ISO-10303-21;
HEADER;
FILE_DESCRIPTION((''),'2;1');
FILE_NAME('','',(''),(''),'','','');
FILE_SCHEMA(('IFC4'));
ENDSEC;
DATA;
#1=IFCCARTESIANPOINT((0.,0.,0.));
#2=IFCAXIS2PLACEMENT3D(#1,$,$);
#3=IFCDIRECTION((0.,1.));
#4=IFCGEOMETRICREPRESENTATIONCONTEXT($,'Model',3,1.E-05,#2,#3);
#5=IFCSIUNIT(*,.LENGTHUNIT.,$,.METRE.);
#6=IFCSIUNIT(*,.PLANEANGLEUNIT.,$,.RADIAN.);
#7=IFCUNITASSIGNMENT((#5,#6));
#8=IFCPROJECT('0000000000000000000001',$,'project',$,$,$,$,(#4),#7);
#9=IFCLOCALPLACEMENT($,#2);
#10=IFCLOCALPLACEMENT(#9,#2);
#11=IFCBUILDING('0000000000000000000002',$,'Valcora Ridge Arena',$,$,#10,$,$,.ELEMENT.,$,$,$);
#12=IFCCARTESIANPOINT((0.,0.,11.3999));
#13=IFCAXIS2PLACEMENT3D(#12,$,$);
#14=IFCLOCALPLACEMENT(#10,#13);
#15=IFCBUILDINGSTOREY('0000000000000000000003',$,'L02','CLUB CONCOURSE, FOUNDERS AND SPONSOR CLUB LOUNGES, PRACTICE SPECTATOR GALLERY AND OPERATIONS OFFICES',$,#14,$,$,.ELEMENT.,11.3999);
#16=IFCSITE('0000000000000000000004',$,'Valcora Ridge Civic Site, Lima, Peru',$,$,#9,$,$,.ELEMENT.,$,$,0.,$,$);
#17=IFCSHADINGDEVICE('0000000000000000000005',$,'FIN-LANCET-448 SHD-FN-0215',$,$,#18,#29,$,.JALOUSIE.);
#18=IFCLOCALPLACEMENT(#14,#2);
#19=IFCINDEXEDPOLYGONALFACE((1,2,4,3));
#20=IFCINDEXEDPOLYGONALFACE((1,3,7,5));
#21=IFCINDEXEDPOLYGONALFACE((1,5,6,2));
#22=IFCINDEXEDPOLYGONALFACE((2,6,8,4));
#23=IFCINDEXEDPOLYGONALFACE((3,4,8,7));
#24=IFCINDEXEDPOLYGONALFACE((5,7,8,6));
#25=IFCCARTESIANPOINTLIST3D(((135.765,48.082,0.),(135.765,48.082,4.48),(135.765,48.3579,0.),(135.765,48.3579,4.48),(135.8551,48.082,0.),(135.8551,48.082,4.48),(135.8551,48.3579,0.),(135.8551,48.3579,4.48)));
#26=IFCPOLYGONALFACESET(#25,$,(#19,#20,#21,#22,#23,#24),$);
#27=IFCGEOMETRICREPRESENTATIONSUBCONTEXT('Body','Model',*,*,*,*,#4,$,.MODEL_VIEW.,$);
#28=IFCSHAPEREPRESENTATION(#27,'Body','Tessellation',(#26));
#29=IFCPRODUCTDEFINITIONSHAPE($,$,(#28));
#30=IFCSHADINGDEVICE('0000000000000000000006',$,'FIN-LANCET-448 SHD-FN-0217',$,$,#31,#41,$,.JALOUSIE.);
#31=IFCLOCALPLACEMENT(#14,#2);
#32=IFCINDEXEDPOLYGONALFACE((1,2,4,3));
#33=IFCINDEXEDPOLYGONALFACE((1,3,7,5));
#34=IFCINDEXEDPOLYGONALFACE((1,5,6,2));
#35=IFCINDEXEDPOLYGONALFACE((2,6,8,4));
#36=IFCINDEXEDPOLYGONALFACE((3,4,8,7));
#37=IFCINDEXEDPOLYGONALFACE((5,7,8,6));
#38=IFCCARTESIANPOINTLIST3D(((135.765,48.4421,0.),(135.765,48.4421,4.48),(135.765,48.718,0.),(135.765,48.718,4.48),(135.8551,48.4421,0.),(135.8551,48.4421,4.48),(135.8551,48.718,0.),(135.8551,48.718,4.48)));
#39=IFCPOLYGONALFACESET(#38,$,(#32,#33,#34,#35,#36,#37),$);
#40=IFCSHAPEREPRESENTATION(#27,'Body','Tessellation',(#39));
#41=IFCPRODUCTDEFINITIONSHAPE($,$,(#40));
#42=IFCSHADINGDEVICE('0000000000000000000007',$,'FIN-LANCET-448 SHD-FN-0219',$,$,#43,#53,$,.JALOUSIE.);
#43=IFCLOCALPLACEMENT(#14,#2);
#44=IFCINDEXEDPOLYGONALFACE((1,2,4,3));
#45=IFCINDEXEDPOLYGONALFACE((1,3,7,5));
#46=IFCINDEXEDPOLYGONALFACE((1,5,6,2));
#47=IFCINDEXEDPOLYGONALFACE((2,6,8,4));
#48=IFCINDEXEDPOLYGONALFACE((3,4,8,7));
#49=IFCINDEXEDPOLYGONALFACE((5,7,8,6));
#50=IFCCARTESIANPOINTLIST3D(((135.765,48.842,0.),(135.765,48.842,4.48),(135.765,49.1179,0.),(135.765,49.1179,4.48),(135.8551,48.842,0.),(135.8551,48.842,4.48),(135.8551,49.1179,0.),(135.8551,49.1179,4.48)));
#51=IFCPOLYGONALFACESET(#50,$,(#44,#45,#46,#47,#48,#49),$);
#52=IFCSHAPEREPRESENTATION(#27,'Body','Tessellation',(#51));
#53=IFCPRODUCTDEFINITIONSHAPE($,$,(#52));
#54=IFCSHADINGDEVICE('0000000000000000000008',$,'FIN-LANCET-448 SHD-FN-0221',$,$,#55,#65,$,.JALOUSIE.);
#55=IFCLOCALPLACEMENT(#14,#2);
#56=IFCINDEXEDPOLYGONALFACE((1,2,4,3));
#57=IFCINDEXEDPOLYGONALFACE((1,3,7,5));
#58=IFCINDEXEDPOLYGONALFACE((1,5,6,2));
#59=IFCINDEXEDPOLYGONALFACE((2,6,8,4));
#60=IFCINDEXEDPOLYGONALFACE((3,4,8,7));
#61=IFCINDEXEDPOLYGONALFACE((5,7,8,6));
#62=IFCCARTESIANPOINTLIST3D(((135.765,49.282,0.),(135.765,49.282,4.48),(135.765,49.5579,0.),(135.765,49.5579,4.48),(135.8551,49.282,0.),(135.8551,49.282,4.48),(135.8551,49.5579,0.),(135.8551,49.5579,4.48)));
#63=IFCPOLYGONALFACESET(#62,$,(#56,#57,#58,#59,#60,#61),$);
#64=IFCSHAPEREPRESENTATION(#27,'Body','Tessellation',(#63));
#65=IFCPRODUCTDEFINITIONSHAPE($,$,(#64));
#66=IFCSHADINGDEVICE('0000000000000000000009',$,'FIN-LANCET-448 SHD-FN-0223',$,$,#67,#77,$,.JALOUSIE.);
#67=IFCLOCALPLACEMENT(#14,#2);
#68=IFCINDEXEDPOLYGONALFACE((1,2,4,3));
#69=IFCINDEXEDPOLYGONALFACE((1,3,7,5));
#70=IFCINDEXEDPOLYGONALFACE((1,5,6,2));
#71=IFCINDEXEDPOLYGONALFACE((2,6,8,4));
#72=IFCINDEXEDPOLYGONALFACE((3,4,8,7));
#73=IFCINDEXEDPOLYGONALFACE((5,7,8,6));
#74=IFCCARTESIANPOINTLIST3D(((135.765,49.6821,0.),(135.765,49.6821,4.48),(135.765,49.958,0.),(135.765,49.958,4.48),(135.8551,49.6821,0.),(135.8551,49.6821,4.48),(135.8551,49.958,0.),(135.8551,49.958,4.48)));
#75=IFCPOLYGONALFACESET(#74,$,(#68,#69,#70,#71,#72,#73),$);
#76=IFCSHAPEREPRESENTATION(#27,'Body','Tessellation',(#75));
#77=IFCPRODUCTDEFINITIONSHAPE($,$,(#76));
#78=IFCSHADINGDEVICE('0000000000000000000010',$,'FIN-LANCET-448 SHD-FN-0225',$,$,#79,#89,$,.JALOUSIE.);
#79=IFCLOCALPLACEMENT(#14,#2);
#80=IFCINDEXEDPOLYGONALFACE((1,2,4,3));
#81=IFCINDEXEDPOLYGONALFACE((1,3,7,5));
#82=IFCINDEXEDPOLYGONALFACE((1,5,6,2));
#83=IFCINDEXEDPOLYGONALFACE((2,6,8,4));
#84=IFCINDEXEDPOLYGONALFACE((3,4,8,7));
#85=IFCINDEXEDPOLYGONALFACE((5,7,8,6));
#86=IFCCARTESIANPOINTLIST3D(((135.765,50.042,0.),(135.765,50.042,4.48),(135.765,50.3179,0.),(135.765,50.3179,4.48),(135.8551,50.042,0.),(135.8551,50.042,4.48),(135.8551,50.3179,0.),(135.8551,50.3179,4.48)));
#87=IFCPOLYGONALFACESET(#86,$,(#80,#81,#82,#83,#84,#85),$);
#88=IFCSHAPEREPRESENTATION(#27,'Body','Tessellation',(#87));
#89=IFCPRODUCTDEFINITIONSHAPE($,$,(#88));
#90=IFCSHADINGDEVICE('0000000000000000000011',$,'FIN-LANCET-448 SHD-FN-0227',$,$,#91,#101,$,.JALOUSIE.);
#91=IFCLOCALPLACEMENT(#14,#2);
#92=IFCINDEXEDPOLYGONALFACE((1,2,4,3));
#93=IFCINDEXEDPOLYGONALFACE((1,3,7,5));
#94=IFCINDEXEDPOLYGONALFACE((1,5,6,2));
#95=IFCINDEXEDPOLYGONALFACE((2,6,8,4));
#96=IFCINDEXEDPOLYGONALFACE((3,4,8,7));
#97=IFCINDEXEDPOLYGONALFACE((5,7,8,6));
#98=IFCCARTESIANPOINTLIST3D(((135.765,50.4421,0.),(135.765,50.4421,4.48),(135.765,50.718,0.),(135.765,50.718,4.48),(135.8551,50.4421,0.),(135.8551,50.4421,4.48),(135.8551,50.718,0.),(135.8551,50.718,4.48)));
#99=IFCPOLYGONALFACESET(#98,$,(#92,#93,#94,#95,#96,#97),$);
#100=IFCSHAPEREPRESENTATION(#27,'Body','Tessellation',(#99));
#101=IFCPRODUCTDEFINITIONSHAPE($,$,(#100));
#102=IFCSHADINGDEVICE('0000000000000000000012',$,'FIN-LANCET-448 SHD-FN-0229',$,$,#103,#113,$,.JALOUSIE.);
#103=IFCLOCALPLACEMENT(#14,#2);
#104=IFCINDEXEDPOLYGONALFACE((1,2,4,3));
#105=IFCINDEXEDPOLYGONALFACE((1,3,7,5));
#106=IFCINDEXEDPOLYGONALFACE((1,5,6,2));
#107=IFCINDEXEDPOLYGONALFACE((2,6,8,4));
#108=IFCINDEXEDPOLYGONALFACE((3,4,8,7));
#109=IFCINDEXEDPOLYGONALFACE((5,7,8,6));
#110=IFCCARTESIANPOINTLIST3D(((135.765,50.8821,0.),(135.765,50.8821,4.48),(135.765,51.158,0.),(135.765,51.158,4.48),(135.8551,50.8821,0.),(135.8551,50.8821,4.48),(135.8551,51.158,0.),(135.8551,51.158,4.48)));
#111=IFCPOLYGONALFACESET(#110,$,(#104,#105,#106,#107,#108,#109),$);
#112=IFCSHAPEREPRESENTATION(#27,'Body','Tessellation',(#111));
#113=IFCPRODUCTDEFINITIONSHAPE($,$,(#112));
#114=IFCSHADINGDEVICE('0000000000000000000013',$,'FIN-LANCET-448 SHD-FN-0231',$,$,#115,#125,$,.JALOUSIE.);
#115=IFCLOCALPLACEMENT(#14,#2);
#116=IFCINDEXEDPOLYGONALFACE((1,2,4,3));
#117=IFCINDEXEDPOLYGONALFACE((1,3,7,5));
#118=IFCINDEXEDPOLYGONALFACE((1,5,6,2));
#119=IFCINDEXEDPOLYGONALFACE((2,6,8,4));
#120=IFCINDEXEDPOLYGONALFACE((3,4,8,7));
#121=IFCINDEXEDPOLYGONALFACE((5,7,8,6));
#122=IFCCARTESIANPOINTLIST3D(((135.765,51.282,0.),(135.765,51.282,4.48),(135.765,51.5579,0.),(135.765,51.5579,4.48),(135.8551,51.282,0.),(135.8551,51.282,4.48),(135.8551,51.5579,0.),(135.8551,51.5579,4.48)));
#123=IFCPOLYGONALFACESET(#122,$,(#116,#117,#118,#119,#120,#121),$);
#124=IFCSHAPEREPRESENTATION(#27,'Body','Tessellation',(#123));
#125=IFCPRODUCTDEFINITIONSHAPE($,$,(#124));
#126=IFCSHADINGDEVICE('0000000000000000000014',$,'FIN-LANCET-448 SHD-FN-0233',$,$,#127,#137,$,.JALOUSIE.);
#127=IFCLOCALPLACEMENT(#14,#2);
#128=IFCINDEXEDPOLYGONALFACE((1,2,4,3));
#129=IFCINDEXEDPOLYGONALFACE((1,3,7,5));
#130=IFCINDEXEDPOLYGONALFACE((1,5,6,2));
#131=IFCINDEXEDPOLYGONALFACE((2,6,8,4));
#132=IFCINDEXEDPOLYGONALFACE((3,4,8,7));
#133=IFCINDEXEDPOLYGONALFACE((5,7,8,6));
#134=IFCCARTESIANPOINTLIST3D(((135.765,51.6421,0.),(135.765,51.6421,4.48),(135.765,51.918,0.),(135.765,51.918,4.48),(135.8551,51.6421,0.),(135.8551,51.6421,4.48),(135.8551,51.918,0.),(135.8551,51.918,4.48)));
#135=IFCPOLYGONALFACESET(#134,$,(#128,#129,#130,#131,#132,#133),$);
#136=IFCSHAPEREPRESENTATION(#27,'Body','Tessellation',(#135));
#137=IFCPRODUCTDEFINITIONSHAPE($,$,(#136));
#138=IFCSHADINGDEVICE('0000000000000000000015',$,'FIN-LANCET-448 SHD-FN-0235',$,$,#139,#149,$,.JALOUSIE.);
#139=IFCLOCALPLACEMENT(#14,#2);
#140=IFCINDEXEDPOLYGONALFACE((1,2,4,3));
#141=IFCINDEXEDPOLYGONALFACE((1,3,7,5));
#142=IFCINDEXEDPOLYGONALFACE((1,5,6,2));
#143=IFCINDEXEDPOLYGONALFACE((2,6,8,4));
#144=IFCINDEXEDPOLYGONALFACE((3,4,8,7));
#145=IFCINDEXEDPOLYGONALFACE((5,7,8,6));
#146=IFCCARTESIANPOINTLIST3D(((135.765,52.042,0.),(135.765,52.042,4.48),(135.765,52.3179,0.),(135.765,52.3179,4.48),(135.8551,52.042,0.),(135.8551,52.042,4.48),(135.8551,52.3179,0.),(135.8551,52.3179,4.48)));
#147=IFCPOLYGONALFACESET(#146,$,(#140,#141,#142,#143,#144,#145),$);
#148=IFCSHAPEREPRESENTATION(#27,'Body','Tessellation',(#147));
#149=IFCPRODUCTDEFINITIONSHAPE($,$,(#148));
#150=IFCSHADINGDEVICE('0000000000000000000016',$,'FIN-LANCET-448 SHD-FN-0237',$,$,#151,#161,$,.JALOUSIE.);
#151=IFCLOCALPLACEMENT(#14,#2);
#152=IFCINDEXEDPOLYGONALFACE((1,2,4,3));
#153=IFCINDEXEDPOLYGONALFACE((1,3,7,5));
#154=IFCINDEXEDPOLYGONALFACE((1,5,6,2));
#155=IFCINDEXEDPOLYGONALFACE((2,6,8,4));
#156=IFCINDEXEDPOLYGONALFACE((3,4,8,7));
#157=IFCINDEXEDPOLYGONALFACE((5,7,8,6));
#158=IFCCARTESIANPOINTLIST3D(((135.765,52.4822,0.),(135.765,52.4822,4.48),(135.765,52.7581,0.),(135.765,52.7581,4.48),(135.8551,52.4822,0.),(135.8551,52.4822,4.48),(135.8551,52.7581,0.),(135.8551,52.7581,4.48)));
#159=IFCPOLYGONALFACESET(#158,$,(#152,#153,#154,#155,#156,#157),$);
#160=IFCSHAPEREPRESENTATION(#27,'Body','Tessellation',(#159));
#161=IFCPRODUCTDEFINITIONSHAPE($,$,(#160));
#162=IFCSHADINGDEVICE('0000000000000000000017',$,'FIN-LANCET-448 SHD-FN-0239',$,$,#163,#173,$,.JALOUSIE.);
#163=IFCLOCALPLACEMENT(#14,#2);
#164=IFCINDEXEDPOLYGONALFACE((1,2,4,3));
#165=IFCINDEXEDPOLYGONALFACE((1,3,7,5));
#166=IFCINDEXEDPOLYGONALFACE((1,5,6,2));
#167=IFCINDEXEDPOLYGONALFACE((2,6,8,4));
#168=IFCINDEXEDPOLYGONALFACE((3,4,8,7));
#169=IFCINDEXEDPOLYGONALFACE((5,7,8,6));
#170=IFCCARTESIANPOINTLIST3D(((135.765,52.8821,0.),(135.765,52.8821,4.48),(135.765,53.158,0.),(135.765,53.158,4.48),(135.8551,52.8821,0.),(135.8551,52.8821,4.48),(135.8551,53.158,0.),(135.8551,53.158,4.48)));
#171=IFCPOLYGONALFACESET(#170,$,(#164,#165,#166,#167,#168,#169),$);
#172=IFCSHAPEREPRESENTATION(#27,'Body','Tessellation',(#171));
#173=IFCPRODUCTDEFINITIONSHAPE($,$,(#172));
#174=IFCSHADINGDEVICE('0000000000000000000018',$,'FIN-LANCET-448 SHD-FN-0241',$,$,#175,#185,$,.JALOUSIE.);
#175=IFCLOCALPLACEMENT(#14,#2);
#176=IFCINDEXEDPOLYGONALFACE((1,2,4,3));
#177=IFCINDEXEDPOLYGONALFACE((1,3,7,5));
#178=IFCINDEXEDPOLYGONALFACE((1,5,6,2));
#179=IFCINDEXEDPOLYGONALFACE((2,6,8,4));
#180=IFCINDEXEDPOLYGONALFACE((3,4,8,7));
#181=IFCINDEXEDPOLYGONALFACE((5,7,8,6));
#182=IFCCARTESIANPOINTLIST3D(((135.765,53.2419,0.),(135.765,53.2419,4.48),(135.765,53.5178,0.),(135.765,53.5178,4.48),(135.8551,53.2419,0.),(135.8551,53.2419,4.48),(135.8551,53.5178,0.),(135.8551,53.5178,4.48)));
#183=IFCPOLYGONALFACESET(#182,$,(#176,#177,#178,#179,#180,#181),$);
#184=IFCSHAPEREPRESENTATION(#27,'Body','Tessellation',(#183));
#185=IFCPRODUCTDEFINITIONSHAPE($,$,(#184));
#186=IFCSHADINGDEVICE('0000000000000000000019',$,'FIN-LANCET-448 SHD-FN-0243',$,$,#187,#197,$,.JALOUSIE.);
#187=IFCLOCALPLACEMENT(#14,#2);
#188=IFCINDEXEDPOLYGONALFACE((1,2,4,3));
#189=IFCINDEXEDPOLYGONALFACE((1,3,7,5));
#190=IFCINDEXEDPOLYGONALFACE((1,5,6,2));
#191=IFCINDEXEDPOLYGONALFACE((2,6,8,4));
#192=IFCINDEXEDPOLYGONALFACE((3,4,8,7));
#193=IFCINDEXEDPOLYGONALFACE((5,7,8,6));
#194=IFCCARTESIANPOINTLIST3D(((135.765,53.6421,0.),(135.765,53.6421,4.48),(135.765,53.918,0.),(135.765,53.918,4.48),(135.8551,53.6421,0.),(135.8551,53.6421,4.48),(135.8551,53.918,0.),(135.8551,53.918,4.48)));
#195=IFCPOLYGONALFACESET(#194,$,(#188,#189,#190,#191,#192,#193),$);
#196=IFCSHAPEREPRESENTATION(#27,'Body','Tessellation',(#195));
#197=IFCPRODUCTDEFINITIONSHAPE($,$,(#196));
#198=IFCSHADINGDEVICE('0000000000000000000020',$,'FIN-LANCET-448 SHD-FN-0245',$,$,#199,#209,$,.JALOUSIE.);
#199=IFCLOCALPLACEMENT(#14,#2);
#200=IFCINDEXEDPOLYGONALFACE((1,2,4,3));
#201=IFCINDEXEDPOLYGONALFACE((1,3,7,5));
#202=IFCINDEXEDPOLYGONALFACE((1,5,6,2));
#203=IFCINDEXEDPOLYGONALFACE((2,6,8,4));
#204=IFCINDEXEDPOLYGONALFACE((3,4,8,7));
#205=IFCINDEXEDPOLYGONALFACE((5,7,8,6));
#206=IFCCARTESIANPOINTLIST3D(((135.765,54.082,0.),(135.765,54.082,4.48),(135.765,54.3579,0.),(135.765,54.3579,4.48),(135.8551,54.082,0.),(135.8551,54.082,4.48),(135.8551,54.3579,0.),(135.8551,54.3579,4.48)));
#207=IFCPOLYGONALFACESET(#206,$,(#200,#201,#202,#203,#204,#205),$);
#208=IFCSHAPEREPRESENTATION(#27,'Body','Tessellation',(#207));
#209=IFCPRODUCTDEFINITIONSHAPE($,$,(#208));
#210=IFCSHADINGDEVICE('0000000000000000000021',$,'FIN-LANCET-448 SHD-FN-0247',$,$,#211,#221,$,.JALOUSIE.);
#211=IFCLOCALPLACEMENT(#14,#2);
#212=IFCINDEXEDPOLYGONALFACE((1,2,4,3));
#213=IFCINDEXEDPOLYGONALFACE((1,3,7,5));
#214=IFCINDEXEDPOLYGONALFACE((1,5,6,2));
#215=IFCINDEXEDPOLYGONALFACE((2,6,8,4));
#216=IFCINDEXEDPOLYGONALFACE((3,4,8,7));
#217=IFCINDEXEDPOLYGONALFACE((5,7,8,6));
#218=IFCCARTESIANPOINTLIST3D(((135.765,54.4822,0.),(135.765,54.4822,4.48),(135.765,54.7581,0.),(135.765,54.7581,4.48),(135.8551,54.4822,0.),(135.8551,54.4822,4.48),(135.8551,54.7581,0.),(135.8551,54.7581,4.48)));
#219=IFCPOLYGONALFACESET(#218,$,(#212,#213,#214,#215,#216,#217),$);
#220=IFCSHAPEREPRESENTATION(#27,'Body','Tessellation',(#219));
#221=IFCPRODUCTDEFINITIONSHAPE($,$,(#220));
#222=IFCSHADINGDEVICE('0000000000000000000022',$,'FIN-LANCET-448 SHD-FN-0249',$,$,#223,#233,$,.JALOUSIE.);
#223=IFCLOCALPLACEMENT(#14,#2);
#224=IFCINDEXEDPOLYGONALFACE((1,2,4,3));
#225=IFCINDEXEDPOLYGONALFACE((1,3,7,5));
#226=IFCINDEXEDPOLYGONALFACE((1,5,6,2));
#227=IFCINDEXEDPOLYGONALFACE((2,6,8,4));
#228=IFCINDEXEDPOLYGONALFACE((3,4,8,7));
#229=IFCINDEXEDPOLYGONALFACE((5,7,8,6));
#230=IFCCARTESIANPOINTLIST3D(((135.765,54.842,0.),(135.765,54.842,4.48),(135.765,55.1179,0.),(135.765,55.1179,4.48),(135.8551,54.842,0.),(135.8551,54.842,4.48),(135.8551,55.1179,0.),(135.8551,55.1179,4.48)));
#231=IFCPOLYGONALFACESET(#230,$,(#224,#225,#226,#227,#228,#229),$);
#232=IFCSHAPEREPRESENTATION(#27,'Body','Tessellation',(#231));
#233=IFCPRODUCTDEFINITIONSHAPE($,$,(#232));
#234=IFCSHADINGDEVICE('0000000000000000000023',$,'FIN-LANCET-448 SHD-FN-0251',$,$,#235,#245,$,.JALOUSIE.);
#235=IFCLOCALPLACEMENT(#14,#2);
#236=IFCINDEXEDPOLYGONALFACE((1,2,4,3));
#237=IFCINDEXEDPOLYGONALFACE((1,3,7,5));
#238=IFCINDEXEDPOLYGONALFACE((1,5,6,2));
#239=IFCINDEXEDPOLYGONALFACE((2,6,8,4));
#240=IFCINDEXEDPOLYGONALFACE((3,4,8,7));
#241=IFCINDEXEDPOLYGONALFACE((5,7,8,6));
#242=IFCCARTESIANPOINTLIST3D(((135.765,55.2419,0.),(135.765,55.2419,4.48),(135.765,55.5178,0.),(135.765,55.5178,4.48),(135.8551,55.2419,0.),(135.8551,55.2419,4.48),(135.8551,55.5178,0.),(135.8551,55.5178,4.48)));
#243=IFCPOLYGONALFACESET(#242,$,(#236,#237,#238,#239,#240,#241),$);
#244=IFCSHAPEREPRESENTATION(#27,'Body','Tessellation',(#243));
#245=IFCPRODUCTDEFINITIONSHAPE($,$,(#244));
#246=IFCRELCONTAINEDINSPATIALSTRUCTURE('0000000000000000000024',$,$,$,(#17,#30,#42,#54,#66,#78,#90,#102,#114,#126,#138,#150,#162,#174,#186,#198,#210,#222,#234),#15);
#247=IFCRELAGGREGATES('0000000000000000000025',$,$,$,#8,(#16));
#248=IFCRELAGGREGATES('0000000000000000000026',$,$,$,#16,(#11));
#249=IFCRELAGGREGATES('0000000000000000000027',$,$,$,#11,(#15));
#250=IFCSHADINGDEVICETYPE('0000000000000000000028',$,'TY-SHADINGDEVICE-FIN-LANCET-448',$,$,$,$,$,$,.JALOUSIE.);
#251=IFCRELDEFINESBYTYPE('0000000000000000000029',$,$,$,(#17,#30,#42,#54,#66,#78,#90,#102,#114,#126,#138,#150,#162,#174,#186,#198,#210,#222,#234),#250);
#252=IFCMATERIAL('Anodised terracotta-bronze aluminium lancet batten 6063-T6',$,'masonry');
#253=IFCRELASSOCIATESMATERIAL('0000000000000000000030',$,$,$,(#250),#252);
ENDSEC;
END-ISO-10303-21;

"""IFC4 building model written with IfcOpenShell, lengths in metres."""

from ifc_helpers import new_model, si_unit, direction, frame, origin, origin_2d, place, context, subcontext, project, spatial, rectangle, extrude, material, material_profile, profile_set, type_object, element, save


model = new_model("IFC4")

# Units and contexts
model_context = context("Model", 3, precision=1e-05, world=origin(), true_north=direction((0.0, 1.0)))
body_context = subcontext(model_context, "Body", "Model", "MODEL_VIEW")
ifc_project = project(units=[si_unit("LENGTHUNIT", "METRE"), si_unit("PLANEANGLEUNIT", "RADIAN")], contexts=[model_context])

# Site, building, storey
site_placement = place(None, origin())
site = spatial("IfcSite", under=ifc_project, at=site_placement, Name="Valcora Ridge Civic Site, Lima, Peru", CompositionType="ELEMENT", RefElevation=0.0)
building_placement = place(site_placement, origin())
building = spatial("IfcBuilding", under=site, at=building_placement, Name="Valcora Ridge Arena", CompositionType="ELEMENT")
storey_placement = place(building_placement, frame((0.0, 0.0, 11.3999)))
storey = spatial("IfcBuildingStorey", under=building, at=storey_placement, Name="L02", Description="CLUB CONCOURSE, FOUNDERS AND SPONSOR CLUB LOUNGES, PRACTICE SPECTATOR GALLERY AND OPERATIONS OFFICES", CompositionType="ELEMENT", Elevation=11.3999)

# Shading devices
ifc_material_1 = material(Name="Anodised terracotta-bronze aluminium lancet batten 6063-T6", Category="masonry")
ifc_material_profile = material_profile(ifc_material_1, rectangle(XDim=0.0901, YDim=0.2759, at=origin_2d()), Name="ALU LANCET BATTEN 90x276")
ifc_profile_set = profile_set([ifc_material_profile], Name="Anodised terracotta-bronze aluminium lancet batten 6063-T6")
shading_device_type = type_object("IfcShadingDeviceType", Name="TY-SHADINGDEVICE-FIN-LANCET-448", PredefinedType="JALOUSIE", material=ifc_profile_set)
for number, where, z_axis, x_axis, name in (
    (1, (135.8101, 48.22, 0.0), (0.0, 0.0, 1.0), (1.0, 0.0, 0.0), "FIN-LANCET-448 SHD-FN-0215"),
    (2, (135.8101, 48.5801, 0.0), (0.0, 0.0, 1.0), (1.0, 0.0, 0.0), "FIN-LANCET-448 SHD-FN-0217"),
    (3, (135.8101, 48.98, 0.0), (0.0, 0.0, 1.0), (1.0, 0.0, 0.0), "FIN-LANCET-448 SHD-FN-0219"),
    (4, (135.8101, 49.4199, 0.0), (0.0, 0.0, 1.0), (1.0, 0.0, 0.0), "FIN-LANCET-448 SHD-FN-0221"),
    (5, (135.8101, 49.8201, 0.0), (0.0, 0.0, 1.0), (1.0, 0.0, 0.0), "FIN-LANCET-448 SHD-FN-0223"),
    (6, (135.8101, 50.1799, 0.0), (0.0, 0.0, 1.0), (1.0, 0.0, 0.0), "FIN-LANCET-448 SHD-FN-0225"),
    (7, (135.8101, 50.5801, 0.0), (0.0, 0.0, 1.0), (1.0, 0.0, 0.0), "FIN-LANCET-448 SHD-FN-0227"),
    (8, (135.8101, 51.02, 0.0), (0.0, 0.0, 1.0), (1.0, 0.0, 0.0), "FIN-LANCET-448 SHD-FN-0229"),
    (9, (135.8101, 51.4199, 0.0), (0.0, 0.0, 1.0), (1.0, 0.0, 0.0), "FIN-LANCET-448 SHD-FN-0231"),
    (10, (135.8101, 51.78, 0.0), (0.0, 0.0, 1.0), (1.0, 0.0, 0.0), "FIN-LANCET-448 SHD-FN-0233"),
    (11, (135.8101, 52.1799, 0.0), (0.0, 0.0, 1.0), (1.0, 0.0, 0.0), "FIN-LANCET-448 SHD-FN-0235"),
    (12, (135.8101, 52.6201, 0.0), (0.0, 0.0, 1.0), (1.0, 0.0, 0.0), "FIN-LANCET-448 SHD-FN-0237"),
    (13, (135.8101, 53.02, 0.0), (0.0, 0.0, 1.0), (1.0, 0.0, 0.0), "FIN-LANCET-448 SHD-FN-0239"),
    (14, (135.8101, 53.3799, 0.0), (0.0, 0.0, 1.0), (1.0, 0.0, 0.0), "FIN-LANCET-448 SHD-FN-0241"),
    (15, (135.8101, 53.78, 0.0), (0.0, 0.0, 1.0), (1.0, 0.0, 0.0), "FIN-LANCET-448 SHD-FN-0243"),
    (16, (135.8101, 54.22, 0.0), (0.0, 0.0, 1.0), (1.0, 0.0, 0.0), "FIN-LANCET-448 SHD-FN-0245"),
    (17, (135.8101, 54.6201, 0.0), (0.0, 0.0, 1.0), (1.0, 0.0, 0.0), "FIN-LANCET-448 SHD-FN-0247"),
    (18, (135.8101, 54.98, 0.0), (0.0, 0.0, 1.0), (1.0, 0.0, 0.0), "FIN-LANCET-448 SHD-FN-0249"),
    (19, (135.8101, 55.3799, 0.0), (0.0, 0.0, 1.0), (1.0, 0.0, 0.0), "FIN-LANCET-448 SHD-FN-0251"),
):
    element("IfcShadingDevice", number, at=place(storey_placement, frame(where, z_axis=z_axis, x_axis=x_axis)), inside=storey, type_object=shading_device_type, Name=name, PredefinedType="JALOUSIE", context=body_context, shape_type="SweptSolid", body=[
        extrude(rectangle(XDim=0.0901, YDim=0.2759, at=origin_2d()), origin(), (0.0, 0.0, 1.0), 4.48),
    ])

save(model, "model.ifc")
